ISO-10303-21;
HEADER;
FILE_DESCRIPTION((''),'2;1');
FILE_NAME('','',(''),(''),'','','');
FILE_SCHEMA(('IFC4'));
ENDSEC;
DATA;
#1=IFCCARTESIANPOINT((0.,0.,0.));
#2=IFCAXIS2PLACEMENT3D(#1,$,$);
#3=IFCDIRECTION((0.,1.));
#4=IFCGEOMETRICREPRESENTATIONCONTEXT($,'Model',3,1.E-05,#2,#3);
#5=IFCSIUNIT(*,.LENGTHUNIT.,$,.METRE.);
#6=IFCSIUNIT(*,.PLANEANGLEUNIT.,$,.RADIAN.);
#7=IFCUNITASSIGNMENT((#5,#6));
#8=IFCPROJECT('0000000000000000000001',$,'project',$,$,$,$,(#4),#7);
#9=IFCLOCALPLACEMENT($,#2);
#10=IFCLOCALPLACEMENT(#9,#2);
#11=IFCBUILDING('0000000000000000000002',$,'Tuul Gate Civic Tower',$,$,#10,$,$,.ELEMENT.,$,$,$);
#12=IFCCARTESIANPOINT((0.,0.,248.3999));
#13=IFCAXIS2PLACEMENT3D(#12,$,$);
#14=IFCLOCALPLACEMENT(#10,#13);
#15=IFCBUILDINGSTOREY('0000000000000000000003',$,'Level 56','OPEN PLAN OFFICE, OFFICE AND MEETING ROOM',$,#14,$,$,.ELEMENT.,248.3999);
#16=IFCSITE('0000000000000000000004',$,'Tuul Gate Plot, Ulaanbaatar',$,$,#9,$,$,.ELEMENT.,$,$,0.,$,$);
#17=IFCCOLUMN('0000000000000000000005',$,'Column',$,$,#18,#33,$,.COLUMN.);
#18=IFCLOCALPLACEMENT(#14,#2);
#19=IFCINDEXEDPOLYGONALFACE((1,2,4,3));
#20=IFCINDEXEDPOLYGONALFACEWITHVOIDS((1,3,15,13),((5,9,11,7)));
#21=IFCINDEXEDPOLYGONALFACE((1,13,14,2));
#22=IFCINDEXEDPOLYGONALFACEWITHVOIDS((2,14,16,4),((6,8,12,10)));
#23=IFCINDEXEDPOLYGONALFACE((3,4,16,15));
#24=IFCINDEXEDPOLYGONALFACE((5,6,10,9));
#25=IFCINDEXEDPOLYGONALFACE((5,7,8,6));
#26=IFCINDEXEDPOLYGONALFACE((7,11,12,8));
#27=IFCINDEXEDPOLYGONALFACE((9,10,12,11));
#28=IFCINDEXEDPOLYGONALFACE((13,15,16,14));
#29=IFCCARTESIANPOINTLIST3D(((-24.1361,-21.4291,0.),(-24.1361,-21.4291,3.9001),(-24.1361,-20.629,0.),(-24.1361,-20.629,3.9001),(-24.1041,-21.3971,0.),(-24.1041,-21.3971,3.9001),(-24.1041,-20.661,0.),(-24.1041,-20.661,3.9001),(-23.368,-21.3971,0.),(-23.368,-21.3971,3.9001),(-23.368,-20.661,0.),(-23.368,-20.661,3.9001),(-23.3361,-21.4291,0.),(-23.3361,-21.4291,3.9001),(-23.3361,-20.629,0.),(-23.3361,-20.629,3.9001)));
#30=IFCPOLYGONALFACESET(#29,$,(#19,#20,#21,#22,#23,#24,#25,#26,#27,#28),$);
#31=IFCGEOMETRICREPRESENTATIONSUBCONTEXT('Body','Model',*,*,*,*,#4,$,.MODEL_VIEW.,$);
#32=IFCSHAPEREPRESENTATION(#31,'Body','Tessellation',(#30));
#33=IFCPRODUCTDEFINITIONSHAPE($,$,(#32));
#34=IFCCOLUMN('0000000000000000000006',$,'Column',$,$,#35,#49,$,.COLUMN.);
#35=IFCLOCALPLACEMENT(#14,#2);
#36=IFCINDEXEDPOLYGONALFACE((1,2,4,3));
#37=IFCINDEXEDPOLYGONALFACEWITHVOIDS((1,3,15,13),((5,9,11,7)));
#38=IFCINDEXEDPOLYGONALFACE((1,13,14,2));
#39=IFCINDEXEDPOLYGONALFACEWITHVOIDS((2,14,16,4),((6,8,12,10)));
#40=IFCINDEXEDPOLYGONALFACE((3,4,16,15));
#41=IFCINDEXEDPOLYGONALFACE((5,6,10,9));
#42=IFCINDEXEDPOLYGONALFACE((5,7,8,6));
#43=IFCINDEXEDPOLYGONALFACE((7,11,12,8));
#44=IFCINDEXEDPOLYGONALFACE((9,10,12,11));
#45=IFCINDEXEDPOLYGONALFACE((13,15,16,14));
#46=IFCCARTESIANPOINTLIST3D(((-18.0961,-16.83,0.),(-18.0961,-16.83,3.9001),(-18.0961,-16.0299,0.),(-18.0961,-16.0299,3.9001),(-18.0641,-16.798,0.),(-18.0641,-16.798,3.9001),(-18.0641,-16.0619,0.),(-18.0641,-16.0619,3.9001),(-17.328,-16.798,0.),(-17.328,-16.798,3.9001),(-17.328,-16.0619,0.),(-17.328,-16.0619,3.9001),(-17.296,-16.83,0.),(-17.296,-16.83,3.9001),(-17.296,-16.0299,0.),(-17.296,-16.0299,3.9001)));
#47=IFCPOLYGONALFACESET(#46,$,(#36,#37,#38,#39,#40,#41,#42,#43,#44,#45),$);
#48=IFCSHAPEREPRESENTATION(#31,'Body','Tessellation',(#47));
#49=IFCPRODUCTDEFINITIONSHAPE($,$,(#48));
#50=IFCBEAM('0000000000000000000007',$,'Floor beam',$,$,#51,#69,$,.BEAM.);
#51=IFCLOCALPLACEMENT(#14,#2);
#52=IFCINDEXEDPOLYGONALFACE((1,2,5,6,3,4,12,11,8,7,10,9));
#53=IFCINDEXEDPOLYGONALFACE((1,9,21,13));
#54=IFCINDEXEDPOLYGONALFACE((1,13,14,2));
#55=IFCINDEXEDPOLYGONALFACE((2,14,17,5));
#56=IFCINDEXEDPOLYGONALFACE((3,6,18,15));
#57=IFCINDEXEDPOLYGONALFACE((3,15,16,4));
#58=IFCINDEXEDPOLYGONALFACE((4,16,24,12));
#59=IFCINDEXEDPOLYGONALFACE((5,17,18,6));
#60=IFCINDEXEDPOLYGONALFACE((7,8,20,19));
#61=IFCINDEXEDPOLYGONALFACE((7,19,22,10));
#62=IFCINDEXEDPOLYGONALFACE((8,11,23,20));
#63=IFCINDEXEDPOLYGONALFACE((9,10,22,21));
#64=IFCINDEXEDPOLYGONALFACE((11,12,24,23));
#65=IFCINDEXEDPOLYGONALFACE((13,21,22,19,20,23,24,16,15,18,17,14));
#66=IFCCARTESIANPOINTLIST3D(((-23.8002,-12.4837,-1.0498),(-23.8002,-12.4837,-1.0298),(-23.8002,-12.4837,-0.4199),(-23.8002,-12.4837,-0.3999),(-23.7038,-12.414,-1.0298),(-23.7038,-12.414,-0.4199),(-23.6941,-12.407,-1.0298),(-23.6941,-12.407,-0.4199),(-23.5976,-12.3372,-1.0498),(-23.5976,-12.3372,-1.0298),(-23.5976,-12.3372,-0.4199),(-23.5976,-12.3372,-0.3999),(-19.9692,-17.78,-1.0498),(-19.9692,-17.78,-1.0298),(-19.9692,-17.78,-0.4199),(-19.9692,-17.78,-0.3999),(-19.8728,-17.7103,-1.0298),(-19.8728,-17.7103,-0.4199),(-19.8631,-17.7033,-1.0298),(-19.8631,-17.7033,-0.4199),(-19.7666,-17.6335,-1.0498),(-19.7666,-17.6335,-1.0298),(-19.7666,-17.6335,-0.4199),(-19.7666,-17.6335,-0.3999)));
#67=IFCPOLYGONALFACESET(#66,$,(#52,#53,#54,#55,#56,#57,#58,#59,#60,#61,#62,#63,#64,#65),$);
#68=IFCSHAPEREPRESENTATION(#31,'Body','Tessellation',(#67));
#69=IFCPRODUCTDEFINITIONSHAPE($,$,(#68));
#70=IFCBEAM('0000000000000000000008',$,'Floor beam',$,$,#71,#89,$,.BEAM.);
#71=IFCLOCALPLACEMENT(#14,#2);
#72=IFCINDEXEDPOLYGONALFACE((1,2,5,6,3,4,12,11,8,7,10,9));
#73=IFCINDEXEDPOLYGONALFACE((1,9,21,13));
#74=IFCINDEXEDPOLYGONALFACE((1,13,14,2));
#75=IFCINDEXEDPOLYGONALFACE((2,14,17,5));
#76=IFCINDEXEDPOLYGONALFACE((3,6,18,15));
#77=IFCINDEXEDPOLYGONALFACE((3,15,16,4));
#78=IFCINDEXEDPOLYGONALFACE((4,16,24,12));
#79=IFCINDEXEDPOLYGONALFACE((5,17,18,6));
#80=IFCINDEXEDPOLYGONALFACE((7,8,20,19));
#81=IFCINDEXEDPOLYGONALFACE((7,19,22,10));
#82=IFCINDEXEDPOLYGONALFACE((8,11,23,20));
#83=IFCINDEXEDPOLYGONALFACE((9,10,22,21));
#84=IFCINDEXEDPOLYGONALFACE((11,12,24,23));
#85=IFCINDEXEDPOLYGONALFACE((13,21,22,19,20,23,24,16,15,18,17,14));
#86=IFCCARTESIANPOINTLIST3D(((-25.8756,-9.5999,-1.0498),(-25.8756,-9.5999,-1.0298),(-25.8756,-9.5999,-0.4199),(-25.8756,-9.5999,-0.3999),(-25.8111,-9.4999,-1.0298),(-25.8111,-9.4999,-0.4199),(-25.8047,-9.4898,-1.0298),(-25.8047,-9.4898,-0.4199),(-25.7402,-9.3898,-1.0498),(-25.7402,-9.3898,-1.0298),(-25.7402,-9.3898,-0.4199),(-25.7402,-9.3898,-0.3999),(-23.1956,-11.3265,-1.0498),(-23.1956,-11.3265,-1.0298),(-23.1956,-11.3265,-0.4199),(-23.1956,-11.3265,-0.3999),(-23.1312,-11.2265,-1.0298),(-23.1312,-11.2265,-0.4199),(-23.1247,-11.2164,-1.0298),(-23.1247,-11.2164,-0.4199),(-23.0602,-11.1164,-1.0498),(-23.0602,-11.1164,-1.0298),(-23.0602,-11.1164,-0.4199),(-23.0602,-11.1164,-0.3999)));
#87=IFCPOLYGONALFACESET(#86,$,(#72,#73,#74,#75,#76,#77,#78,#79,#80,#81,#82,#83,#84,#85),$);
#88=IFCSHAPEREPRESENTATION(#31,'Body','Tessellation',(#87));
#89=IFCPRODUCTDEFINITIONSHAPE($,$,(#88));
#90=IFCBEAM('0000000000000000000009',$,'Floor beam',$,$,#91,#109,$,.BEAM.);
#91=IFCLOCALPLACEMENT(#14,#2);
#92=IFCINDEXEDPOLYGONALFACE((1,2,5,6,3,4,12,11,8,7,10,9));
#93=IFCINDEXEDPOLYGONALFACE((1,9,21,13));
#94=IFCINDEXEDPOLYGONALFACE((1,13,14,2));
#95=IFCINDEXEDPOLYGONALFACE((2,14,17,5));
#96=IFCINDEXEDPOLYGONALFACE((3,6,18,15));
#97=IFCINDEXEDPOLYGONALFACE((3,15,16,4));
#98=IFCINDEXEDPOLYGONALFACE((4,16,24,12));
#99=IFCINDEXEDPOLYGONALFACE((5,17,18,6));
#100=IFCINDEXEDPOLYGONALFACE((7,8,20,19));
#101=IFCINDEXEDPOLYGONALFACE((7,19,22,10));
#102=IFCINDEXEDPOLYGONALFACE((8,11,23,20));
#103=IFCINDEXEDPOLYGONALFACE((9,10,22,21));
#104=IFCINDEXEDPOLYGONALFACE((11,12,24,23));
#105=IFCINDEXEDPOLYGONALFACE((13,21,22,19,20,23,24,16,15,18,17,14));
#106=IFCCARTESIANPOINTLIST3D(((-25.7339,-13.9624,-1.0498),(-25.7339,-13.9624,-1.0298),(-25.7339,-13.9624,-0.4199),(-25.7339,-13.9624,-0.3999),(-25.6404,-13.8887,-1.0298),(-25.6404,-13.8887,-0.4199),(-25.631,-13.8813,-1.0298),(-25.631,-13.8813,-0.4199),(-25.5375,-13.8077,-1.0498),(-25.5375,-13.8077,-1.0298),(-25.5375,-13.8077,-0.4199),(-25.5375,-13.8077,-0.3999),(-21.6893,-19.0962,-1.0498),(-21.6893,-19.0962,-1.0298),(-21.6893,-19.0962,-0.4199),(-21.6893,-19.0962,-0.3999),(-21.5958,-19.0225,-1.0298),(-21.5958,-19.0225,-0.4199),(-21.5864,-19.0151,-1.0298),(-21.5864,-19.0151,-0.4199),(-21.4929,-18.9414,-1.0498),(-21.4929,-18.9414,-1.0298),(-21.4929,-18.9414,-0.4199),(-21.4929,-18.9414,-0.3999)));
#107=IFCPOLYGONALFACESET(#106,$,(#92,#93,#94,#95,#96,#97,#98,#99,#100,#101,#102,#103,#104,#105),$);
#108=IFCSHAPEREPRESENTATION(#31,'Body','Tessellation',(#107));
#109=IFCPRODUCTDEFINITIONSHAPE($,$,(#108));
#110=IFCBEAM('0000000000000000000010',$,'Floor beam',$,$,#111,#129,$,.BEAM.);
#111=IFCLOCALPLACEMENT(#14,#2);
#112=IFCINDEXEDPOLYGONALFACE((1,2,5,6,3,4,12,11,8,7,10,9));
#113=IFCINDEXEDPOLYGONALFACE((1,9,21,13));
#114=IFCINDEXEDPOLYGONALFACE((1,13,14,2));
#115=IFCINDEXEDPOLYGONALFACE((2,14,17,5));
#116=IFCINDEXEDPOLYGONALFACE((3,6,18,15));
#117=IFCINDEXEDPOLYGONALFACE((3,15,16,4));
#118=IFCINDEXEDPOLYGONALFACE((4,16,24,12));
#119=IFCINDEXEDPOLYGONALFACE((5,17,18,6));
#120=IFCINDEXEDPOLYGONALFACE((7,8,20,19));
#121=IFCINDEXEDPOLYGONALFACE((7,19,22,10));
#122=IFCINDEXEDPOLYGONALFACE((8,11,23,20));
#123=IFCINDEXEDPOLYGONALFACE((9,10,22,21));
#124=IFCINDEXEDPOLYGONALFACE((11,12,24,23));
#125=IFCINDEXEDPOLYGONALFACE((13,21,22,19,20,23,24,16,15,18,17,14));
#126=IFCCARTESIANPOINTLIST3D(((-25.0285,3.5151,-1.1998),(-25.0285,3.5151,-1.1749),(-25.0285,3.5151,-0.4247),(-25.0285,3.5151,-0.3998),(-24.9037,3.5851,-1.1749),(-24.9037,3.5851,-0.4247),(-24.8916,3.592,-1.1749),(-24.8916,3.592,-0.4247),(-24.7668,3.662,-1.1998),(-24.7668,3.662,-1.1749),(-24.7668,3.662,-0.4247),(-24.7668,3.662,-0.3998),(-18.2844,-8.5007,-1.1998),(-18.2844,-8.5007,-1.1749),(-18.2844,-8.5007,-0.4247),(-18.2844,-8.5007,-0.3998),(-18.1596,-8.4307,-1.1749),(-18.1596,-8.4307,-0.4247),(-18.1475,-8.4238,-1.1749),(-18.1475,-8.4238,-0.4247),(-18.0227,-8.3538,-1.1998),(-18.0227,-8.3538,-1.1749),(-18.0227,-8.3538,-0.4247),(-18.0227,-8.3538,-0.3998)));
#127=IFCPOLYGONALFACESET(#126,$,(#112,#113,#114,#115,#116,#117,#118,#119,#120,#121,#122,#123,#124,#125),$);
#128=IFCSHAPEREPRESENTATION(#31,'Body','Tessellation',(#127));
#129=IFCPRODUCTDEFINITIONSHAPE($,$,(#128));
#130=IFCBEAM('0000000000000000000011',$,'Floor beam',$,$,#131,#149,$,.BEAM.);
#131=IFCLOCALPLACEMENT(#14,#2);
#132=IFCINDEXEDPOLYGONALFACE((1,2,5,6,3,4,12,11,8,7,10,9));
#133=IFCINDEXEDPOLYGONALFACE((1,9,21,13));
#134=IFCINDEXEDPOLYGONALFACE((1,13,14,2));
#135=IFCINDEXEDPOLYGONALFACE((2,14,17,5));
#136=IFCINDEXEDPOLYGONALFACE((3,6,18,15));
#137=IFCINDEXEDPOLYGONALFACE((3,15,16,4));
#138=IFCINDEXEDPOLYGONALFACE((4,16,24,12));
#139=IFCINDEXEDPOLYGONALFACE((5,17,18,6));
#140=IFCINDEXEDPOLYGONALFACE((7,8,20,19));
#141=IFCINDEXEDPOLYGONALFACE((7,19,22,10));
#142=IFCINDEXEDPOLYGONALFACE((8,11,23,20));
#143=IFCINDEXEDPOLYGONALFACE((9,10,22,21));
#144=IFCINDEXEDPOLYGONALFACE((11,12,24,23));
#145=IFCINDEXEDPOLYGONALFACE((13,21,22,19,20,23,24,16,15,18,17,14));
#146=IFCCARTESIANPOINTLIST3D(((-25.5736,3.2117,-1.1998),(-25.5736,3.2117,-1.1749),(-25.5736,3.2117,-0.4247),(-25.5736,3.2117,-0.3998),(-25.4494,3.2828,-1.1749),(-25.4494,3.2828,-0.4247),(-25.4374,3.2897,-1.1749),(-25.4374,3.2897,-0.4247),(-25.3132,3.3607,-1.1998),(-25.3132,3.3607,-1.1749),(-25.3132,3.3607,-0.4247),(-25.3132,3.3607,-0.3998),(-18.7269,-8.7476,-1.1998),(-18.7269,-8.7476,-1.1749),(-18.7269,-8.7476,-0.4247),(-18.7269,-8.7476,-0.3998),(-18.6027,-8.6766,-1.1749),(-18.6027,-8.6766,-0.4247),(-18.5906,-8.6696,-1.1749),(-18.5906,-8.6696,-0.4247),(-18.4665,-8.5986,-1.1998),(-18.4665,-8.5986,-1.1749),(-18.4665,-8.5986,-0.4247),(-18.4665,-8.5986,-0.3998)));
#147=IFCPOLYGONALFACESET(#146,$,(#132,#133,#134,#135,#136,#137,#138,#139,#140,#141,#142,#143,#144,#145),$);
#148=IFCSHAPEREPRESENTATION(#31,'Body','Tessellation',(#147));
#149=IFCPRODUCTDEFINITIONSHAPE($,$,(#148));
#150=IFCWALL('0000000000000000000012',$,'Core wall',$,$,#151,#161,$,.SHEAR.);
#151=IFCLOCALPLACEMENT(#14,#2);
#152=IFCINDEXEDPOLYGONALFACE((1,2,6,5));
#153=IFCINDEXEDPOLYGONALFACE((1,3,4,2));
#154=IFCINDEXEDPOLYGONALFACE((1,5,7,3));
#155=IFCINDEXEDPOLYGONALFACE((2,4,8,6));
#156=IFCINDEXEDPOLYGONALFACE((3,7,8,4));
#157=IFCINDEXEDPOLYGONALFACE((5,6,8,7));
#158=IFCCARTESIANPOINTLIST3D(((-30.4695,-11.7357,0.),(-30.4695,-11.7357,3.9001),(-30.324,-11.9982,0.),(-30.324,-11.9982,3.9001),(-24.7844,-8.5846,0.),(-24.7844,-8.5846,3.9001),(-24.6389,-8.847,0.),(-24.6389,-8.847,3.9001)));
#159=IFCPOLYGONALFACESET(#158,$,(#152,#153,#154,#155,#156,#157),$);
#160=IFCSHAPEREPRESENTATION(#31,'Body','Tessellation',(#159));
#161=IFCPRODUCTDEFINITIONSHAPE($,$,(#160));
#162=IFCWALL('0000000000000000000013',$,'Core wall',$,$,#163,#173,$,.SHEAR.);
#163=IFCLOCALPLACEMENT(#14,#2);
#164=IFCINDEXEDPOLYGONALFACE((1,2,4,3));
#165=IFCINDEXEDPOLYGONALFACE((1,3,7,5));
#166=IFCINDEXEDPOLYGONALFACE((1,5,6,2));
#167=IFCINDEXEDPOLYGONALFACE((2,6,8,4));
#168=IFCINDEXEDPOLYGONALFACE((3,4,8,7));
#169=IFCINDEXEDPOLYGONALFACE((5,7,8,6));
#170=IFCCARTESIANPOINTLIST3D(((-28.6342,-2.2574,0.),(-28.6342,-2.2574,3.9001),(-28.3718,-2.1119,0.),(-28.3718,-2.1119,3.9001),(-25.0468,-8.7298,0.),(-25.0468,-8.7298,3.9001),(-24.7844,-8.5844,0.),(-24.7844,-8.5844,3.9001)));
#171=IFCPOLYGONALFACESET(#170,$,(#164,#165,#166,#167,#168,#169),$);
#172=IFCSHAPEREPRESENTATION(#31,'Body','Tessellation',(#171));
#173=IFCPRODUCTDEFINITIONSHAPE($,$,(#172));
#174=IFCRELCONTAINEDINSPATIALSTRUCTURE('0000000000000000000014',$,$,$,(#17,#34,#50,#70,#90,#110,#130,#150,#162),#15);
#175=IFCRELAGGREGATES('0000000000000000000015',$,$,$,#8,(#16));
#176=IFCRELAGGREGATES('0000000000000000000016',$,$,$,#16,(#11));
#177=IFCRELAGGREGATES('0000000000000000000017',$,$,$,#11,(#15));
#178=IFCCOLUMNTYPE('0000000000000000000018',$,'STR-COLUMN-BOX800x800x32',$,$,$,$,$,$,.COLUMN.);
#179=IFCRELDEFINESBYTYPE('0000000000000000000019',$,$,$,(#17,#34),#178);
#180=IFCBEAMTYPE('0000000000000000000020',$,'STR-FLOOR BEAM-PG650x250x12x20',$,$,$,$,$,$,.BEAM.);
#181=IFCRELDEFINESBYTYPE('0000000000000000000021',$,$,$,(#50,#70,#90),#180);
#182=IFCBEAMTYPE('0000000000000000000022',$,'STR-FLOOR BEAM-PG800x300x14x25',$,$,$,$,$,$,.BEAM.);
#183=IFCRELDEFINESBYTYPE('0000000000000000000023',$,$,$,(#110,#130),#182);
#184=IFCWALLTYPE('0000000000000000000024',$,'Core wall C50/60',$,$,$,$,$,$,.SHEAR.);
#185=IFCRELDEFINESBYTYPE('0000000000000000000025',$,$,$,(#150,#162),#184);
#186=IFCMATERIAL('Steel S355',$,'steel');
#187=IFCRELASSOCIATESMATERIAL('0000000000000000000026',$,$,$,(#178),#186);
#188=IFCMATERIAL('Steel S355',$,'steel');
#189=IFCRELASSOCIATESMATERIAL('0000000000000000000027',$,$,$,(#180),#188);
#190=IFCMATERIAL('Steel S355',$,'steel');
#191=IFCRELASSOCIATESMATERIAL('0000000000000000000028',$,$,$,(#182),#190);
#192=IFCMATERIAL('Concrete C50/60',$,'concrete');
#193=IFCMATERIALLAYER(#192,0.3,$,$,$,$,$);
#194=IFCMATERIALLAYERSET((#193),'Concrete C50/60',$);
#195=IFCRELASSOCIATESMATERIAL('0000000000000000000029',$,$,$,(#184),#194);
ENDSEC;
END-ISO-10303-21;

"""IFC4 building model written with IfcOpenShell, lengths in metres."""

from ifc_helpers import new_model, si_unit, direction, frame, frame_2d, origin, origin_2d, place, context, subcontext, project, spatial, rectangle, hollow_rectangle, i_section, extrude, material, layer, layer_set, material_profile, profile_set, type_object, element, save


model = new_model("IFC4")

# Units and contexts
model_context = context("Model", 3, precision=1e-05, world=origin(), true_north=direction((0.0, 1.0)))
body_context = subcontext(model_context, "Body", "Model", "MODEL_VIEW")
ifc_project = project(units=[si_unit("LENGTHUNIT", "METRE"), si_unit("PLANEANGLEUNIT", "RADIAN")], contexts=[model_context])

# Site, building, storey
site_placement = place(None, origin())
site = spatial("IfcSite", under=ifc_project, at=site_placement, Name="Tuul Gate Plot, Ulaanbaatar", CompositionType="ELEMENT", RefElevation=0.0)
building_placement = place(site_placement, origin())
building = spatial("IfcBuilding", under=site, at=building_placement, Name="Tuul Gate Civic Tower", CompositionType="ELEMENT")
storey_placement = place(building_placement, frame((0.0, 0.0, 248.3999)))
storey = spatial("IfcBuildingStorey", under=building, at=storey_placement, Name="Level 56", Description="OPEN PLAN OFFICE, OFFICE AND MEETING ROOM", CompositionType="ELEMENT", Elevation=248.3999)

# Columns
ifc_material_1 = material(Name="Steel S355", Category="steel")
ifc_material_profile_1 = material_profile(ifc_material_1, hollow_rectangle(XDim=0.8, YDim=0.8, WallThickness=0.032, at=origin_2d()), Name="BOX800x800x32")
ifc_profile_set_1 = profile_set([ifc_material_profile_1], Name="Steel S355")
column_type = type_object("IfcColumnType", Name="STR-COLUMN-BOX800x800x32", PredefinedType="COLUMN", material=ifc_profile_set_1)
for number, where, z_axis, x_axis, name in (
    (1, (-23.7361, -21.0291, 0.0), (0.0, 0.0, 1.0), (1.0, 0.0, 0.0), "Column"),
    (2, (-17.696, -16.4299, 0.0), (0.0, 0.0, 1.0), (1.0, 0.0, 0.0), "Column"),
):
    element("IfcColumn", number, at=place(storey_placement, frame(where, z_axis=z_axis, x_axis=x_axis)), inside=storey, type_object=column_type, Name=name, PredefinedType="COLUMN", context=body_context, shape_type="SweptSolid", body=[
        extrude(hollow_rectangle(XDim=0.8, YDim=0.8, WallThickness=0.032, at=origin_2d()), origin(), (0.0, 0.0, 1.0), 3.9001),
    ])

# Beams
ifc_material_2 = material(Name="Steel S355", Category="steel")
ifc_material_profile_2 = material_profile(ifc_material_2, i_section(OverallWidth=0.25, OverallDepth=0.6499, WebThickness=0.012, FlangeThickness=0.02, at=origin_2d()), Name="PG650x250x12x20")
ifc_profile_set_2 = profile_set([ifc_material_profile_2], Name="Steel S355")
beam_type_1 = type_object("IfcBeamType", Name="STR-FLOOR BEAM-PG650x250x12x20", PredefinedType="BEAM", material=ifc_profile_set_2)
beam_1_placement = place(storey_placement, frame((-19.8679, -17.7068, -0.7249), z_axis=(-0.586082, 0.810252, 0.0), x_axis=(-0.810252, -0.586082, 0.0)))
element("IfcBeam", 3, at=beam_1_placement, inside=storey, type_object=beam_type_1, Name="Floor beam", PredefinedType="BEAM", context=body_context, shape_type="SweptSolid", body=[
    extrude(i_section(OverallWidth=0.25, OverallDepth=0.6499, WebThickness=0.012, FlangeThickness=0.02, at=origin_2d()), origin(), (0.0, 0.0, 1.0), 6.5366),
])
beam_2_placement = place(storey_placement, frame((-23.1279, -11.2214, -0.7249), z_axis=(-0.840643, 0.54159, 0.0), x_axis=(-0.54159, -0.840643, 0.0)))
element("IfcBeam", 4, at=beam_2_placement, inside=storey, type_object=beam_type_1, Name="Floor beam", PredefinedType="BEAM", context=body_context, shape_type="SweptSolid", body=[
    extrude(i_section(OverallWidth=0.25, OverallDepth=0.6499, WebThickness=0.012, FlangeThickness=0.02, at=origin_2d()), origin(), (0.0, 0.0, 1.0), 3.188),
])
beam_3_placement = place(storey_placement, frame((-21.5911, -19.0188, -0.7249), z_axis=(-0.61886, 0.785501, 0.0), x_axis=(-0.785501, -0.61886, 0.0)))
element("IfcBeam", 5, at=beam_3_placement, inside=storey, type_object=beam_type_1, Name="Floor beam", PredefinedType="BEAM", context=body_context, shape_type="SweptSolid", body=[
    extrude(i_section(OverallWidth=0.25, OverallDepth=0.6499, WebThickness=0.012, FlangeThickness=0.02, at=origin_2d()), origin(), (0.0, 0.0, 1.0), 6.5356),
])
ifc_material_3 = material(Name="Steel S355", Category="steel")
ifc_material_profile_3 = material_profile(ifc_material_3, i_section(OverallWidth=0.3, OverallDepth=0.8, WebThickness=0.0139, FlangeThickness=0.0249, at=origin_2d()), Name="PG800x300x14x25")
ifc_profile_set_3 = profile_set([ifc_material_profile_3], Name="Steel S355")
beam_type_2 = type_object("IfcBeamType", Name="STR-FLOOR BEAM-PG800x300x14x25", PredefinedType="BEAM", material=ifc_profile_set_3)
beam_4_placement = place(storey_placement, frame((-18.1536, -8.4272, -0.7998), z_axis=(-0.489446, 0.872034, 0.0), x_axis=(-0.872034, -0.489446, 0.0)))
element("IfcBeam", 6, at=beam_4_placement, inside=storey, type_object=beam_type_2, Name="Floor beam", PredefinedType="BEAM", context=body_context, shape_type="SweptSolid", body=[
    extrude(i_section(OverallWidth=0.3, OverallDepth=0.8, WebThickness=0.0139, FlangeThickness=0.0249, at=origin_2d()), origin(), (0.0, 0.0, 1.0), 13.7791),
])
beam_5_placement = place(storey_placement, frame((-18.5967, -8.6731, -0.7998), z_axis=(-0.496841, 0.867842, 0.0), x_axis=(-0.867842, -0.496841, 0.0)))
element("IfcBeam", 7, at=beam_5_placement, inside=storey, type_object=beam_type_2, Name="Floor beam", PredefinedType="BEAM", context=body_context, shape_type="SweptSolid", body=[
    extrude(i_section(OverallWidth=0.3, OverallDepth=0.8, WebThickness=0.0139, FlangeThickness=0.0249, at=origin_2d()), origin(), (0.0, 0.0, 1.0), 13.7805),
])

# Walls
ifc_material_4 = material(Name="Concrete C50/60", Category="concrete")
ifc_layer_1 = layer(ifc_material_4, 0.3)
ifc_layer_set_1 = layer_set([ifc_layer_1], Name="Concrete C50/60")
wall_type_1 = type_object("IfcWallType", Name="Core wall C50/60", PredefinedType="SHEAR", material=ifc_layer_set_1)
wall_1_placement = place(storey_placement, frame((-24.7117, -8.7158, 0.0), z_axis=(0.0, 0.0, 1.0), x_axis=(-0.87463, -0.484791, 0.0)))
element("IfcWall", 8, at=wall_1_placement, inside=storey, type_object=wall_type_1, Name="Core wall", PredefinedType="SHEAR", context=body_context, shape_type="SweptSolid", body=[
    extrude(rectangle(XDim=6.5, YDim=0.3, at=frame_2d((3.25, 0.0))), origin(), (0.0, 0.0, 1.0), 3.9001),
])
wall_2_placement = place(storey_placement, frame((-24.9155, -8.6572, 0.0), z_axis=(0.0, 0.0, 1.0), x_axis=(-0.484777, 0.874638, 0.0)))
element("IfcWall", 9, at=wall_2_placement, inside=storey, type_object=wall_type_1, Name="Core wall", PredefinedType="SHEAR", context=body_context, shape_type="SweptSolid", body=[
    extrude(rectangle(XDim=7.4001, YDim=0.3, at=frame_2d((3.7002, 0.0))), origin(), (0.0, 0.0, 1.0), 3.9001),
])

save(model, "model.ifc")
